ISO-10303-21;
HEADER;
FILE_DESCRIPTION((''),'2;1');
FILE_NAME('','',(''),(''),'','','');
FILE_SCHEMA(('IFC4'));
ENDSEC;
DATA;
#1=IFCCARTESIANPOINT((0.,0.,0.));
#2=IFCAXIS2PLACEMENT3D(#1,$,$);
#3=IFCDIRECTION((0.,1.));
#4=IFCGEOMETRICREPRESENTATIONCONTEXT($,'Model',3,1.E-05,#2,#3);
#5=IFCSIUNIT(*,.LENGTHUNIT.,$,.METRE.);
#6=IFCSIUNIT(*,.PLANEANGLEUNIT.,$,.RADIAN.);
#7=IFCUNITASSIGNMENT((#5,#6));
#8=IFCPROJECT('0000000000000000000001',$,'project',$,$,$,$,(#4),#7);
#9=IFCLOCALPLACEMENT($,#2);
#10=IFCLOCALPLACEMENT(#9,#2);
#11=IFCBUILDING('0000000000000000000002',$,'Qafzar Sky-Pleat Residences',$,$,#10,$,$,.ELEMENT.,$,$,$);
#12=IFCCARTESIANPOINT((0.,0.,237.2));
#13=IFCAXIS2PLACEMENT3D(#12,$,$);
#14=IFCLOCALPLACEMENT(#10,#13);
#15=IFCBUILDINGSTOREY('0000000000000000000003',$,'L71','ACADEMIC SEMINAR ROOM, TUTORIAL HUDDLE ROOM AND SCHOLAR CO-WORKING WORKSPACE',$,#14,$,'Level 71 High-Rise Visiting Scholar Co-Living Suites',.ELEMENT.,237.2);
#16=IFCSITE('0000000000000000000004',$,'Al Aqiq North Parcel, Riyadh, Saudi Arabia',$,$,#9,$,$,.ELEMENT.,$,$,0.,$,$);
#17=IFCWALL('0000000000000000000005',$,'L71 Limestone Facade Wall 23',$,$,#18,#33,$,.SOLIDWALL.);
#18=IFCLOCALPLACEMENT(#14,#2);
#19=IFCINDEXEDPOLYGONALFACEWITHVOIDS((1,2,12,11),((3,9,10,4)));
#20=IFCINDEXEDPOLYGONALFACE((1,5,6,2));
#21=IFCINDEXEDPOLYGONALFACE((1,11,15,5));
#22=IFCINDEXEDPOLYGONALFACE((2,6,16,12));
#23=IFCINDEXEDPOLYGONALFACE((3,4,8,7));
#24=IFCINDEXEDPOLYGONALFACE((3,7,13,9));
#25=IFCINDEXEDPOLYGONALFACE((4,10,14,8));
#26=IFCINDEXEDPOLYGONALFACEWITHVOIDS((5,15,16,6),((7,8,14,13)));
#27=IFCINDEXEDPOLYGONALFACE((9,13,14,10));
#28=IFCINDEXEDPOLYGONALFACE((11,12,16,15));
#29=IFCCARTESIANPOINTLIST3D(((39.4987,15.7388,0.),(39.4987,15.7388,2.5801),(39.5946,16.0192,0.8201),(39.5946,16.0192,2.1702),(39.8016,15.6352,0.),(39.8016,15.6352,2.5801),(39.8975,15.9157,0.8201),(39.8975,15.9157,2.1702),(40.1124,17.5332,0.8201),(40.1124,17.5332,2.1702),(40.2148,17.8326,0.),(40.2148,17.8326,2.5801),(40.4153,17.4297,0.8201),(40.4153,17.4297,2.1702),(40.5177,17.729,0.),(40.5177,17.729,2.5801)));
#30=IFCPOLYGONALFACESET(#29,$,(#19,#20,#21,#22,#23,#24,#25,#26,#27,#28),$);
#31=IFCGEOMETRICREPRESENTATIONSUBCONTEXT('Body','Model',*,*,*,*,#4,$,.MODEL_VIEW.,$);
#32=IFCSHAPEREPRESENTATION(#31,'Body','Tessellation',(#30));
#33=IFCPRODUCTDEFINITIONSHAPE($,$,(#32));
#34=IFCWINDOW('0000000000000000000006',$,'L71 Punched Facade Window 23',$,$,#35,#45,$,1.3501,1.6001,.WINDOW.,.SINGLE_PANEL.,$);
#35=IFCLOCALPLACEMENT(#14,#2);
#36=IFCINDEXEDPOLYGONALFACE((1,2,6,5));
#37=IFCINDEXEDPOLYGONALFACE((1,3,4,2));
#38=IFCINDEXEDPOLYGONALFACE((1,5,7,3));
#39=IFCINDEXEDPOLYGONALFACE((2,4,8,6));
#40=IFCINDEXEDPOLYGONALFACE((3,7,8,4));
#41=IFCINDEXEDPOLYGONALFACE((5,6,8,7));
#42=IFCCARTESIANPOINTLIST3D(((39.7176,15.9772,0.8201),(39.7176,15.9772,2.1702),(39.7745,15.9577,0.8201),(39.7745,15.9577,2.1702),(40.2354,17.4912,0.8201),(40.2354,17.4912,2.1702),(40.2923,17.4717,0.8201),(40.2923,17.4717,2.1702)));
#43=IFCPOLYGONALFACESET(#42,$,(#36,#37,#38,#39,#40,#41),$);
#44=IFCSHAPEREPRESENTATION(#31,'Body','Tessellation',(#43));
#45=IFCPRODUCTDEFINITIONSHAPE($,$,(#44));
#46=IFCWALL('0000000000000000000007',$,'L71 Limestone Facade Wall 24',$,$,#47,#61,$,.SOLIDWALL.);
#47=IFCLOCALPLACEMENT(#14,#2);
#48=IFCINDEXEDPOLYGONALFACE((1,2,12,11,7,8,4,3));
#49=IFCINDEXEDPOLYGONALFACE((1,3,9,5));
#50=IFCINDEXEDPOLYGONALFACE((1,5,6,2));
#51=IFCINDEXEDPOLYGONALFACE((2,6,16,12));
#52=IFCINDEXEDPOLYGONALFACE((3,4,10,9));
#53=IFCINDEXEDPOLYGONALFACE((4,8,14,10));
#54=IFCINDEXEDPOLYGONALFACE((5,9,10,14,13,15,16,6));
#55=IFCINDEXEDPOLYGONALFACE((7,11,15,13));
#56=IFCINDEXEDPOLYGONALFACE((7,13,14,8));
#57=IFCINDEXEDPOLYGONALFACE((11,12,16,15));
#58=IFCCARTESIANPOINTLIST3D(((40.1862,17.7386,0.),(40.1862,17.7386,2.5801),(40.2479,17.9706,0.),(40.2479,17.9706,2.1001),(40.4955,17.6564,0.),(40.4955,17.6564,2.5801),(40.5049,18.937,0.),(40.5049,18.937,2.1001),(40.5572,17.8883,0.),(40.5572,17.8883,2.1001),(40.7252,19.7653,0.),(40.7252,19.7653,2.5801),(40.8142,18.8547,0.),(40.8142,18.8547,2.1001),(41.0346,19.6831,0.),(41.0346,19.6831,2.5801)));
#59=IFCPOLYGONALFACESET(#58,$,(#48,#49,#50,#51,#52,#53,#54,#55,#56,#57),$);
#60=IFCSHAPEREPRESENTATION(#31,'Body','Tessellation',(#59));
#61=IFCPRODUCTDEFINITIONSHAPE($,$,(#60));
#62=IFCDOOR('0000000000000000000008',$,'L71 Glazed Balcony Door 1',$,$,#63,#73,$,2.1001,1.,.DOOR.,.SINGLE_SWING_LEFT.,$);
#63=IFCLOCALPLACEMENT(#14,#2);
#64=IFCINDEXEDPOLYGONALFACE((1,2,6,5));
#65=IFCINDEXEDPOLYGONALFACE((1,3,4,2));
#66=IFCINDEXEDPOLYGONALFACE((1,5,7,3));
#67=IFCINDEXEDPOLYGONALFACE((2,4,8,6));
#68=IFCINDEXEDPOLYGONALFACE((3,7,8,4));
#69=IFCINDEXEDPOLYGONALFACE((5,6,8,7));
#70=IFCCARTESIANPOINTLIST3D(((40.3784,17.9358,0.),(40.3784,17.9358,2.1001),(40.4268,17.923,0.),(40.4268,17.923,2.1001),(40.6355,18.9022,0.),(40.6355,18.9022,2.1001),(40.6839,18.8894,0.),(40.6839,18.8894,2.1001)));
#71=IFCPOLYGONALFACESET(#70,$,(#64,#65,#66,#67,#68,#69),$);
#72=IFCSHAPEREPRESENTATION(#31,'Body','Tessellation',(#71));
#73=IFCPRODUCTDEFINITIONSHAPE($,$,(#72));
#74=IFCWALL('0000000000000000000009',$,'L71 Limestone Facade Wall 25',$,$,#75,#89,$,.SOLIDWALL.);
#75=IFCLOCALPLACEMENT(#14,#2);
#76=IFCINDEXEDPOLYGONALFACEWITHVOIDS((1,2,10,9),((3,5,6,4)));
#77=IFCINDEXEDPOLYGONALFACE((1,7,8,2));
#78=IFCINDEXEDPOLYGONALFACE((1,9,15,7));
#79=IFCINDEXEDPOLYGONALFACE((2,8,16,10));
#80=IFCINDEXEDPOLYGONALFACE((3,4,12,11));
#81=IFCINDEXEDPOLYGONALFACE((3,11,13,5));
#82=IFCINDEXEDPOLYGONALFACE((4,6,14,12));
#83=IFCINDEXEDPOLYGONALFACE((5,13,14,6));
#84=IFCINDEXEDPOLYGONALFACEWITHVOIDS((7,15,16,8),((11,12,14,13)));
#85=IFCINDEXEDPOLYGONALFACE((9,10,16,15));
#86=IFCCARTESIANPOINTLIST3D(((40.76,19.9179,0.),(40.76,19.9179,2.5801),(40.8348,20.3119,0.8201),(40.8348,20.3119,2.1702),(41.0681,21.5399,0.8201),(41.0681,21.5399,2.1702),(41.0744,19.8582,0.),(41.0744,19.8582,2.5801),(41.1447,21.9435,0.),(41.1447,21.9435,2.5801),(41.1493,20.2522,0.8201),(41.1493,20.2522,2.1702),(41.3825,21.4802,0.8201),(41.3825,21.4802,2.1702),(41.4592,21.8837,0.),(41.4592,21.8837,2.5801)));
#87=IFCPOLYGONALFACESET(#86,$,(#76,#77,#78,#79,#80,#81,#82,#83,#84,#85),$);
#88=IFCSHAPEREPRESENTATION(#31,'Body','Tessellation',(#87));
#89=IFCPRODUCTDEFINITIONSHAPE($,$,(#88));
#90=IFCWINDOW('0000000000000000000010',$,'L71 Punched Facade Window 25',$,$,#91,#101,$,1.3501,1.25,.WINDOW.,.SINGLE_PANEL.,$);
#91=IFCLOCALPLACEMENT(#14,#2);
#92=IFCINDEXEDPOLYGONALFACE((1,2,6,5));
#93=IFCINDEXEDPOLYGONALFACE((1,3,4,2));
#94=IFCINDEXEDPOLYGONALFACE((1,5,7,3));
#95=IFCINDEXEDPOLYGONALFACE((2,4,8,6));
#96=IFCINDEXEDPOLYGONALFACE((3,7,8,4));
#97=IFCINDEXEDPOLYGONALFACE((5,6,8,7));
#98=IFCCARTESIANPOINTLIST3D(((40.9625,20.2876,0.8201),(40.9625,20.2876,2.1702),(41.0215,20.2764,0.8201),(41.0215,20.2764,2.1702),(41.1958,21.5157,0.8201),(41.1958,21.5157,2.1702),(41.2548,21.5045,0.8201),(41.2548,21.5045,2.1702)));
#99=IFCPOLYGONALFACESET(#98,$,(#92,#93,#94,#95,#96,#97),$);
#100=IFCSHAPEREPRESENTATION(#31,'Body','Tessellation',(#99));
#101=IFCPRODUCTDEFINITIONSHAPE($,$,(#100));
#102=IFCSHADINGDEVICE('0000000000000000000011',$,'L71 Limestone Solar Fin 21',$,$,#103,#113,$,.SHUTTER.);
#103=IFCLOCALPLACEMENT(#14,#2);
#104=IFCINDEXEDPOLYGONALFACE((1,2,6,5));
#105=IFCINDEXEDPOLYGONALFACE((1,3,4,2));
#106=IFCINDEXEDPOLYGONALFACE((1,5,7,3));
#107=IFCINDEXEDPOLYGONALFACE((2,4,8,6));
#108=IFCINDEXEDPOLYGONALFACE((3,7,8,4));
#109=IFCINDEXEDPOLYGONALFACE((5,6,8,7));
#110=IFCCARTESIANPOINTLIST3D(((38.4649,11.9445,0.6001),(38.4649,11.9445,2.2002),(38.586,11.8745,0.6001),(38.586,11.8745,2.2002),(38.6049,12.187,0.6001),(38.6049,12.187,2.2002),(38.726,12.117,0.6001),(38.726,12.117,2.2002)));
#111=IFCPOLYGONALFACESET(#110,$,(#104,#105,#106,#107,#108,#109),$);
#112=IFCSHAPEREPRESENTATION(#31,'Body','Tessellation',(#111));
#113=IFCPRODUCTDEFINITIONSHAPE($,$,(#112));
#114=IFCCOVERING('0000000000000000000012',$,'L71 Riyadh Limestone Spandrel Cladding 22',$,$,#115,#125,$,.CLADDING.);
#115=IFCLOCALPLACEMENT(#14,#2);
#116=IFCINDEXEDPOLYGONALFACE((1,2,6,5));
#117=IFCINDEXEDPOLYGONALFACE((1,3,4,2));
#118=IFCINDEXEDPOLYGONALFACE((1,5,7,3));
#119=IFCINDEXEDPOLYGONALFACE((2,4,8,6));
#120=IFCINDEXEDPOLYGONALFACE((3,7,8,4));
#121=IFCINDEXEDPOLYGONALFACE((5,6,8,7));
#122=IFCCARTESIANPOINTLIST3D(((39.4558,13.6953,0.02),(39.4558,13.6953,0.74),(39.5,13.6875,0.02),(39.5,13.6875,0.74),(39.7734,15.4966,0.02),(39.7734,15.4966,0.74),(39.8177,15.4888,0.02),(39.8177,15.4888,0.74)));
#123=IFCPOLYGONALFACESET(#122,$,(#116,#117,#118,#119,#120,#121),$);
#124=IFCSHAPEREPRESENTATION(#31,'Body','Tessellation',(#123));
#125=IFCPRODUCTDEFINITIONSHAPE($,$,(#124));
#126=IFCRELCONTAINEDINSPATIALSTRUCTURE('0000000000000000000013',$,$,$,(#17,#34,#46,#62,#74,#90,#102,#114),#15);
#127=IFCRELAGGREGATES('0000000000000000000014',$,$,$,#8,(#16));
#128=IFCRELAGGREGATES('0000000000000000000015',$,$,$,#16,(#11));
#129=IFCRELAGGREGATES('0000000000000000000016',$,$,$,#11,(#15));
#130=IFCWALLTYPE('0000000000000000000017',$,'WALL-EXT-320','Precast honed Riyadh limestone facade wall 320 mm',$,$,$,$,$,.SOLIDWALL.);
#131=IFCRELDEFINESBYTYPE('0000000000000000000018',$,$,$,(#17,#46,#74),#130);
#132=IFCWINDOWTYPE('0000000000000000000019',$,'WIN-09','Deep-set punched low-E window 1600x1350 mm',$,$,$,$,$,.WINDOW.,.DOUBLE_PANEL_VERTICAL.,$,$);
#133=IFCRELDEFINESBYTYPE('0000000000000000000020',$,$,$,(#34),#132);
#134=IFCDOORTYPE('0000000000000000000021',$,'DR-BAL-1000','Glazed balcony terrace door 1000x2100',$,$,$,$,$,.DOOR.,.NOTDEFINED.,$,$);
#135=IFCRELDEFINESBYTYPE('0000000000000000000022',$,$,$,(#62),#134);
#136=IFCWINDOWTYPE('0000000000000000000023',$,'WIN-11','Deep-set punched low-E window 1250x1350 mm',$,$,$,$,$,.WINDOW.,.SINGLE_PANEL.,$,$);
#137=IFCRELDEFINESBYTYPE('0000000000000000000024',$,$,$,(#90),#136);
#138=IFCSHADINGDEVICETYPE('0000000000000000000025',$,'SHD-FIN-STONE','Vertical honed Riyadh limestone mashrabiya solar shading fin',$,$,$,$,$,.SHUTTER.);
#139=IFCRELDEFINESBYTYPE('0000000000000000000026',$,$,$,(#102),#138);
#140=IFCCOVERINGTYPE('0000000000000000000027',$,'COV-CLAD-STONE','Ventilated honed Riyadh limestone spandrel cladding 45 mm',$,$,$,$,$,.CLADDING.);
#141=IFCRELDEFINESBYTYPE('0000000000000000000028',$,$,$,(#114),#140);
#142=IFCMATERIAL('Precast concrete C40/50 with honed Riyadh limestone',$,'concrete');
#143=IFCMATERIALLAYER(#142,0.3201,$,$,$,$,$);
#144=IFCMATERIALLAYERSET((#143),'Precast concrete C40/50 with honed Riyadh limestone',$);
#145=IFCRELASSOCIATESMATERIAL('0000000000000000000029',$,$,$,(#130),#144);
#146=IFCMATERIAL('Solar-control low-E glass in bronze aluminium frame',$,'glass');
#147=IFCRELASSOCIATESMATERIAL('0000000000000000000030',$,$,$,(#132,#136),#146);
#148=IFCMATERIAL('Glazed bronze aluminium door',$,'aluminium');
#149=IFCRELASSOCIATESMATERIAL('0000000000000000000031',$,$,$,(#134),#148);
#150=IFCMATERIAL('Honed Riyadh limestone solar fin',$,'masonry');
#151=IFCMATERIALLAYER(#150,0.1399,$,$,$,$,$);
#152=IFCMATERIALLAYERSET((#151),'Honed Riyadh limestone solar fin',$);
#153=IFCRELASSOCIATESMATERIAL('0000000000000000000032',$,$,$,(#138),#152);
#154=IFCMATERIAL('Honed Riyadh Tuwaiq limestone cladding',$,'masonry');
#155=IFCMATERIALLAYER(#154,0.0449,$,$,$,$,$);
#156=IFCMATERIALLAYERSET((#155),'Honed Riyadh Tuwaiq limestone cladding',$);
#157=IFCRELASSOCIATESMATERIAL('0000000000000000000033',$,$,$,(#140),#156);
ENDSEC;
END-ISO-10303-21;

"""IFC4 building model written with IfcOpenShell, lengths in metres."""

from ifc_helpers import new_model, si_unit, direction, frame, frame_2d, origin, origin_2d, place, context, subcontext, project, spatial, rectangle, extrude, source, transform, mapped, material, layer, layer_set, type_object, element, fill, save


model = new_model("IFC4")

# Units and contexts
model_context = context("Model", 3, precision=1e-05, world=origin(), true_north=direction((0.0, 1.0)))
body_context = subcontext(model_context, "Body", "Model", "MODEL_VIEW")
ifc_project = project(units=[si_unit("LENGTHUNIT", "METRE"), si_unit("PLANEANGLEUNIT", "RADIAN")], contexts=[model_context])

# Site, building, storey
site_placement = place(None, origin())
site = spatial("IfcSite", under=ifc_project, at=site_placement, Name="Al Aqiq North Parcel, Riyadh, Saudi Arabia", CompositionType="ELEMENT", RefElevation=0.0)
building_placement = place(site_placement, origin())
building = spatial("IfcBuilding", under=site, at=building_placement, Name="Qafzar Sky-Pleat Residences", CompositionType="ELEMENT")
storey_placement = place(building_placement, frame((0.0, 0.0, 237.2)))
storey = spatial("IfcBuildingStorey", under=building, at=storey_placement, Name="L71", Description="ACADEMIC SEMINAR ROOM, TUTORIAL HUDDLE ROOM AND SCHOLAR CO-WORKING WORKSPACE", LongName="Level 71 High-Rise Visiting Scholar Co-Living Suites", CompositionType="ELEMENT", Elevation=237.2)

# Wall, opening, window
ifc_material_1 = material(Name="Precast concrete C40/50 with honed Riyadh limestone", Category="concrete")
ifc_layer_1 = layer(ifc_material_1, 0.3201)
ifc_layer_set_1 = layer_set([ifc_layer_1], Name="Precast concrete C40/50 with honed Riyadh limestone")
wall_type = type_object("IfcWallType", Name="WALL-EXT-320", Description="Precast honed Riyadh limestone facade wall 320 mm", PredefinedType="SOLIDWALL", material=ifc_layer_set_1)
ifc_material_2 = material(Name="Solar-control low-E glass in bronze aluminium frame", Category="glass")
wall_1_placement = place(storey_placement, frame((39.6501, 15.687, 0.0), z_axis=(0.0, 0.0, 1.0), x_axis=(0.323599, 0.946194, 0.0)))
wall_1 = element("IfcWall", 1, at=wall_1_placement, inside=storey, type_object=wall_type, Name="L71 Limestone Facade Wall 23", PredefinedType="SOLIDWALL", context=body_context, shape_type="SweptSolid", body=[
    extrude(rectangle(XDim=2.2129, YDim=0.3201, at=frame_2d((1.1064, 0.0))), origin(), (0.0, 0.0, 1.0), 2.5801),
])
opening_1_placement = place(wall_1_placement, frame((0.2964, 0.0, 0.8201)))
opening_1 = element("IfcOpeningElement", 2, at=opening_1_placement, cuts=wall_1, PredefinedType="OPENING", context=body_context, shape_type="SweptSolid", body=[
    extrude(rectangle(XDim=1.6001, YDim=1.3501, at=frame_2d((0.8, 0.675))), frame((0.0, 0.1699, 0.0), z_axis=(0.0, -1.0, 0.0), x_axis=(1.0, 0.0, 0.0)), (0.0, 0.0, 1.0), 0.3401),
])
window_type_1 = type_object("IfcWindowType", Name="WIN-09", Description="Deep-set punched low-E window 1600x1350 mm", PartitioningType="DOUBLE_PANEL_VERTICAL", PredefinedType="WINDOW", material=ifc_material_2)
shared_shape_1 = source(origin(), body_context, "Body", "SweptSolid", [
    extrude(rectangle(XDim=1.6001, YDim=1.3501, at=frame_2d((0.8, 0.675))), frame((0.0, 0.03, 0.0), z_axis=(0.0, -1.0, 0.0), x_axis=(1.0, 0.0, 0.0)), (0.0, 0.0, 1.0), 0.0601),
])
window_1_placement = place(opening_1_placement, origin())
window_1 = element("IfcWindow", 3, at=window_1_placement, inside=storey, type_object=window_type_1, Name="L71 Punched Facade Window 23", OverallHeight=1.3501, OverallWidth=1.6001, PartitioningType="SINGLE_PANEL", PredefinedType="WINDOW", context=body_context, shape_type="MappedRepresentation", body=[
    mapped(shared_shape_1, transform((0.0, 0.0, 0.0), x_axis=(1.0, 0.0, 0.0), y_axis=(0.0, 1.0, 0.0), z_axis=(0.0, 0.0, 1.0), scale=1.0)),
])
fill(opening_1, window_1)

# Wall, opening, door
wall_2_placement = place(storey_placement, frame((40.3408, 17.6975, 0.0), z_axis=(0.0, 0.0, 1.0), x_axis=(0.257054, 0.966397, 0.0)))
wall_2 = element("IfcWall", 4, at=wall_2_placement, inside=storey, type_object=wall_type, Name="L71 Limestone Facade Wall 24", PredefinedType="SOLIDWALL", context=body_context, shape_type="SweptSolid", body=[
    extrude(rectangle(XDim=2.0972, YDim=0.3201, at=frame_2d((1.0486, 0.0))), origin(), (0.0, 0.0, 1.0), 2.5801),
])
opening_2_placement = place(wall_2_placement, frame((0.24, 0.0, 0.0)))
opening_2 = element("IfcOpeningElement", 5, at=opening_2_placement, cuts=wall_2, PredefinedType="OPENING", context=body_context, shape_type="SweptSolid", body=[
    extrude(rectangle(XDim=1.0, YDim=2.1001, at=frame_2d((0.5, 1.05))), frame((0.0, 0.1699, 0.0), z_axis=(0.0, -1.0, 0.0), x_axis=(1.0, 0.0, 0.0)), (0.0, 0.0, 1.0), 0.3401),
])
ifc_material_3 = material(Name="Glazed bronze aluminium door", Category="aluminium")
door_type = type_object("IfcDoorType", Name="DR-BAL-1000", Description="Glazed balcony terrace door 1000x2100", OperationType="NOTDEFINED", PredefinedType="DOOR", material=ifc_material_3)
shared_shape_2 = source(origin(), body_context, "Body", "SweptSolid", [
    extrude(rectangle(XDim=1.0, YDim=2.1001, at=frame_2d((0.5, 1.05))), frame((0.0, 0.0249, 0.0), z_axis=(0.0, -1.0, 0.0), x_axis=(1.0, 0.0, 0.0)), (0.0, 0.0, 1.0), 0.05),
])
door_placement = place(opening_2_placement, origin())
door = element("IfcDoor", 6, at=door_placement, inside=storey, type_object=door_type, Name="L71 Glazed Balcony Door 1", OperationType="SINGLE_SWING_LEFT", OverallHeight=2.1001, OverallWidth=1.0, PredefinedType="DOOR", context=body_context, shape_type="MappedRepresentation", body=[
    mapped(shared_shape_2, transform((0.0, 0.0, 0.0), x_axis=(1.0, 0.0, 0.0), y_axis=(0.0, 1.0, 0.0), z_axis=(0.0, 0.0, 1.0), scale=1.0)),
])
fill(opening_2, door)

# Wall, opening, window
wall_3_placement = place(storey_placement, frame((40.9172, 19.8882, 0.0), z_axis=(0.0, 0.0, 1.0), x_axis=(0.186612, 0.982434, 0.0)))
wall_3 = element("IfcWall", 7, at=wall_3_placement, inside=storey, type_object=wall_type, Name="L71 Limestone Facade Wall 25", PredefinedType="SOLIDWALL", context=body_context, shape_type="SweptSolid", body=[
    extrude(rectangle(XDim=2.0618, YDim=0.3201, at=frame_2d((1.0308, 0.0))), origin(), (0.0, 0.0, 1.0), 2.5801),
])
opening_3_placement = place(wall_3_placement, frame((0.4009, 0.0, 0.8201)))
opening_3 = element("IfcOpeningElement", 8, at=opening_3_placement, cuts=wall_3, PredefinedType="OPENING", context=body_context, shape_type="SweptSolid", body=[
    extrude(rectangle(XDim=1.25, YDim=1.3501, at=frame_2d((0.625, 0.675))), frame((0.0, 0.1699, 0.0), z_axis=(0.0, -1.0, 0.0), x_axis=(1.0, 0.0, 0.0)), (0.0, 0.0, 1.0), 0.3401),
])
window_type_2 = type_object("IfcWindowType", Name="WIN-11", Description="Deep-set punched low-E window 1250x1350 mm", PartitioningType="SINGLE_PANEL", PredefinedType="WINDOW", material=ifc_material_2)
shared_shape_3 = source(origin(), body_context, "Body", "SweptSolid", [
    extrude(rectangle(XDim=1.25, YDim=1.3501, at=frame_2d((0.625, 0.675))), frame((0.0, 0.03, 0.0), z_axis=(0.0, -1.0, 0.0), x_axis=(1.0, 0.0, 0.0)), (0.0, 0.0, 1.0), 0.0601),
])
window_2_placement = place(opening_3_placement, origin())
window_2 = element("IfcWindow", 9, at=window_2_placement, inside=storey, type_object=window_type_2, Name="L71 Punched Facade Window 25", OverallHeight=1.3501, OverallWidth=1.25, PartitioningType="SINGLE_PANEL", PredefinedType="WINDOW", context=body_context, shape_type="MappedRepresentation", body=[
    mapped(shared_shape_3, transform((0.0, 0.0, 0.0), x_axis=(1.0, 0.0, 0.0), y_axis=(0.0, 1.0, 0.0), z_axis=(0.0, 0.0, 1.0), scale=1.0)),
])
fill(opening_3, window_2)

# Shading device
ifc_material_4 = material(Name="Honed Riyadh limestone solar fin", Category="masonry")
ifc_layer_2 = layer(ifc_material_4, 0.1399)
ifc_layer_set_2 = layer_set([ifc_layer_2], Name="Honed Riyadh limestone solar fin")
shading_device_type = type_object("IfcShadingDeviceType", Name="SHD-FIN-STONE", Description="Vertical honed Riyadh limestone mashrabiya solar shading fin", PredefinedType="SHUTTER", material=ifc_layer_set_2)
shared_shape_4 = source(origin(), body_context, "Body", "SweptSolid", [
    extrude(rectangle(XDim=0.1399, YDim=0.28, at=origin_2d()), origin(), (0.0, 0.0, 1.0), 1.6001),
])
shading_device_placement = place(storey_placement, frame((38.5955, 12.0308, 0.6001), z_axis=(0.0, 0.0, 1.0), x_axis=(0.866032, -0.499989, 0.0)))
element("IfcShadingDevice", 10, at=shading_device_placement, inside=storey, type_object=shading_device_type, Name="L71 Limestone Solar Fin 21", PredefinedType="SHUTTER", context=body_context, shape_type="MappedRepresentation", body=[
    mapped(shared_shape_4, transform((0.0, 0.0, 0.0), x_axis=(1.0, 0.0, 0.0), y_axis=(0.0, 1.0, 0.0), z_axis=(0.0, 0.0, 1.0), scale=1.0)),
])

# Covering
ifc_material_5 = material(Name="Honed Riyadh Tuwaiq limestone cladding", Category="masonry")
ifc_layer_3 = layer(ifc_material_5, 0.0449)
ifc_layer_set_3 = layer_set([ifc_layer_3], Name="Honed Riyadh Tuwaiq limestone cladding")
covering_type = type_object("IfcCoveringType", Name="COV-CLAD-STONE", Description="Ventilated honed Riyadh limestone spandrel cladding 45 mm", PredefinedType="CLADDING", material=ifc_layer_set_3)
shared_shape_5 = source(origin(), body_context, "Body", "SweptSolid", [
    extrude(rectangle(XDim=1.8291, YDim=0.0449, at=origin_2d()), origin(), (0.0, 0.0, 1.0), 0.72),
])
covering_placement = place(storey_placement, frame((39.6367, 14.592, 0.02), z_axis=(0.0, 0.0, 1.0), x_axis=(0.173687, 0.984801, 0.0)))
element("IfcCovering", 11, at=covering_placement, inside=storey, type_object=covering_type, Name="L71 Riyadh Limestone Spandrel Cladding 22", PredefinedType="CLADDING", context=body_context, shape_type="MappedRepresentation", body=[
    mapped(shared_shape_5, transform((0.0, 0.0, 0.0), x_axis=(1.0, 0.0, 0.0), y_axis=(0.0, 1.0, 0.0), z_axis=(0.0, 0.0, 1.0), scale=1.0)),
])

save(model, "model.ifc")
